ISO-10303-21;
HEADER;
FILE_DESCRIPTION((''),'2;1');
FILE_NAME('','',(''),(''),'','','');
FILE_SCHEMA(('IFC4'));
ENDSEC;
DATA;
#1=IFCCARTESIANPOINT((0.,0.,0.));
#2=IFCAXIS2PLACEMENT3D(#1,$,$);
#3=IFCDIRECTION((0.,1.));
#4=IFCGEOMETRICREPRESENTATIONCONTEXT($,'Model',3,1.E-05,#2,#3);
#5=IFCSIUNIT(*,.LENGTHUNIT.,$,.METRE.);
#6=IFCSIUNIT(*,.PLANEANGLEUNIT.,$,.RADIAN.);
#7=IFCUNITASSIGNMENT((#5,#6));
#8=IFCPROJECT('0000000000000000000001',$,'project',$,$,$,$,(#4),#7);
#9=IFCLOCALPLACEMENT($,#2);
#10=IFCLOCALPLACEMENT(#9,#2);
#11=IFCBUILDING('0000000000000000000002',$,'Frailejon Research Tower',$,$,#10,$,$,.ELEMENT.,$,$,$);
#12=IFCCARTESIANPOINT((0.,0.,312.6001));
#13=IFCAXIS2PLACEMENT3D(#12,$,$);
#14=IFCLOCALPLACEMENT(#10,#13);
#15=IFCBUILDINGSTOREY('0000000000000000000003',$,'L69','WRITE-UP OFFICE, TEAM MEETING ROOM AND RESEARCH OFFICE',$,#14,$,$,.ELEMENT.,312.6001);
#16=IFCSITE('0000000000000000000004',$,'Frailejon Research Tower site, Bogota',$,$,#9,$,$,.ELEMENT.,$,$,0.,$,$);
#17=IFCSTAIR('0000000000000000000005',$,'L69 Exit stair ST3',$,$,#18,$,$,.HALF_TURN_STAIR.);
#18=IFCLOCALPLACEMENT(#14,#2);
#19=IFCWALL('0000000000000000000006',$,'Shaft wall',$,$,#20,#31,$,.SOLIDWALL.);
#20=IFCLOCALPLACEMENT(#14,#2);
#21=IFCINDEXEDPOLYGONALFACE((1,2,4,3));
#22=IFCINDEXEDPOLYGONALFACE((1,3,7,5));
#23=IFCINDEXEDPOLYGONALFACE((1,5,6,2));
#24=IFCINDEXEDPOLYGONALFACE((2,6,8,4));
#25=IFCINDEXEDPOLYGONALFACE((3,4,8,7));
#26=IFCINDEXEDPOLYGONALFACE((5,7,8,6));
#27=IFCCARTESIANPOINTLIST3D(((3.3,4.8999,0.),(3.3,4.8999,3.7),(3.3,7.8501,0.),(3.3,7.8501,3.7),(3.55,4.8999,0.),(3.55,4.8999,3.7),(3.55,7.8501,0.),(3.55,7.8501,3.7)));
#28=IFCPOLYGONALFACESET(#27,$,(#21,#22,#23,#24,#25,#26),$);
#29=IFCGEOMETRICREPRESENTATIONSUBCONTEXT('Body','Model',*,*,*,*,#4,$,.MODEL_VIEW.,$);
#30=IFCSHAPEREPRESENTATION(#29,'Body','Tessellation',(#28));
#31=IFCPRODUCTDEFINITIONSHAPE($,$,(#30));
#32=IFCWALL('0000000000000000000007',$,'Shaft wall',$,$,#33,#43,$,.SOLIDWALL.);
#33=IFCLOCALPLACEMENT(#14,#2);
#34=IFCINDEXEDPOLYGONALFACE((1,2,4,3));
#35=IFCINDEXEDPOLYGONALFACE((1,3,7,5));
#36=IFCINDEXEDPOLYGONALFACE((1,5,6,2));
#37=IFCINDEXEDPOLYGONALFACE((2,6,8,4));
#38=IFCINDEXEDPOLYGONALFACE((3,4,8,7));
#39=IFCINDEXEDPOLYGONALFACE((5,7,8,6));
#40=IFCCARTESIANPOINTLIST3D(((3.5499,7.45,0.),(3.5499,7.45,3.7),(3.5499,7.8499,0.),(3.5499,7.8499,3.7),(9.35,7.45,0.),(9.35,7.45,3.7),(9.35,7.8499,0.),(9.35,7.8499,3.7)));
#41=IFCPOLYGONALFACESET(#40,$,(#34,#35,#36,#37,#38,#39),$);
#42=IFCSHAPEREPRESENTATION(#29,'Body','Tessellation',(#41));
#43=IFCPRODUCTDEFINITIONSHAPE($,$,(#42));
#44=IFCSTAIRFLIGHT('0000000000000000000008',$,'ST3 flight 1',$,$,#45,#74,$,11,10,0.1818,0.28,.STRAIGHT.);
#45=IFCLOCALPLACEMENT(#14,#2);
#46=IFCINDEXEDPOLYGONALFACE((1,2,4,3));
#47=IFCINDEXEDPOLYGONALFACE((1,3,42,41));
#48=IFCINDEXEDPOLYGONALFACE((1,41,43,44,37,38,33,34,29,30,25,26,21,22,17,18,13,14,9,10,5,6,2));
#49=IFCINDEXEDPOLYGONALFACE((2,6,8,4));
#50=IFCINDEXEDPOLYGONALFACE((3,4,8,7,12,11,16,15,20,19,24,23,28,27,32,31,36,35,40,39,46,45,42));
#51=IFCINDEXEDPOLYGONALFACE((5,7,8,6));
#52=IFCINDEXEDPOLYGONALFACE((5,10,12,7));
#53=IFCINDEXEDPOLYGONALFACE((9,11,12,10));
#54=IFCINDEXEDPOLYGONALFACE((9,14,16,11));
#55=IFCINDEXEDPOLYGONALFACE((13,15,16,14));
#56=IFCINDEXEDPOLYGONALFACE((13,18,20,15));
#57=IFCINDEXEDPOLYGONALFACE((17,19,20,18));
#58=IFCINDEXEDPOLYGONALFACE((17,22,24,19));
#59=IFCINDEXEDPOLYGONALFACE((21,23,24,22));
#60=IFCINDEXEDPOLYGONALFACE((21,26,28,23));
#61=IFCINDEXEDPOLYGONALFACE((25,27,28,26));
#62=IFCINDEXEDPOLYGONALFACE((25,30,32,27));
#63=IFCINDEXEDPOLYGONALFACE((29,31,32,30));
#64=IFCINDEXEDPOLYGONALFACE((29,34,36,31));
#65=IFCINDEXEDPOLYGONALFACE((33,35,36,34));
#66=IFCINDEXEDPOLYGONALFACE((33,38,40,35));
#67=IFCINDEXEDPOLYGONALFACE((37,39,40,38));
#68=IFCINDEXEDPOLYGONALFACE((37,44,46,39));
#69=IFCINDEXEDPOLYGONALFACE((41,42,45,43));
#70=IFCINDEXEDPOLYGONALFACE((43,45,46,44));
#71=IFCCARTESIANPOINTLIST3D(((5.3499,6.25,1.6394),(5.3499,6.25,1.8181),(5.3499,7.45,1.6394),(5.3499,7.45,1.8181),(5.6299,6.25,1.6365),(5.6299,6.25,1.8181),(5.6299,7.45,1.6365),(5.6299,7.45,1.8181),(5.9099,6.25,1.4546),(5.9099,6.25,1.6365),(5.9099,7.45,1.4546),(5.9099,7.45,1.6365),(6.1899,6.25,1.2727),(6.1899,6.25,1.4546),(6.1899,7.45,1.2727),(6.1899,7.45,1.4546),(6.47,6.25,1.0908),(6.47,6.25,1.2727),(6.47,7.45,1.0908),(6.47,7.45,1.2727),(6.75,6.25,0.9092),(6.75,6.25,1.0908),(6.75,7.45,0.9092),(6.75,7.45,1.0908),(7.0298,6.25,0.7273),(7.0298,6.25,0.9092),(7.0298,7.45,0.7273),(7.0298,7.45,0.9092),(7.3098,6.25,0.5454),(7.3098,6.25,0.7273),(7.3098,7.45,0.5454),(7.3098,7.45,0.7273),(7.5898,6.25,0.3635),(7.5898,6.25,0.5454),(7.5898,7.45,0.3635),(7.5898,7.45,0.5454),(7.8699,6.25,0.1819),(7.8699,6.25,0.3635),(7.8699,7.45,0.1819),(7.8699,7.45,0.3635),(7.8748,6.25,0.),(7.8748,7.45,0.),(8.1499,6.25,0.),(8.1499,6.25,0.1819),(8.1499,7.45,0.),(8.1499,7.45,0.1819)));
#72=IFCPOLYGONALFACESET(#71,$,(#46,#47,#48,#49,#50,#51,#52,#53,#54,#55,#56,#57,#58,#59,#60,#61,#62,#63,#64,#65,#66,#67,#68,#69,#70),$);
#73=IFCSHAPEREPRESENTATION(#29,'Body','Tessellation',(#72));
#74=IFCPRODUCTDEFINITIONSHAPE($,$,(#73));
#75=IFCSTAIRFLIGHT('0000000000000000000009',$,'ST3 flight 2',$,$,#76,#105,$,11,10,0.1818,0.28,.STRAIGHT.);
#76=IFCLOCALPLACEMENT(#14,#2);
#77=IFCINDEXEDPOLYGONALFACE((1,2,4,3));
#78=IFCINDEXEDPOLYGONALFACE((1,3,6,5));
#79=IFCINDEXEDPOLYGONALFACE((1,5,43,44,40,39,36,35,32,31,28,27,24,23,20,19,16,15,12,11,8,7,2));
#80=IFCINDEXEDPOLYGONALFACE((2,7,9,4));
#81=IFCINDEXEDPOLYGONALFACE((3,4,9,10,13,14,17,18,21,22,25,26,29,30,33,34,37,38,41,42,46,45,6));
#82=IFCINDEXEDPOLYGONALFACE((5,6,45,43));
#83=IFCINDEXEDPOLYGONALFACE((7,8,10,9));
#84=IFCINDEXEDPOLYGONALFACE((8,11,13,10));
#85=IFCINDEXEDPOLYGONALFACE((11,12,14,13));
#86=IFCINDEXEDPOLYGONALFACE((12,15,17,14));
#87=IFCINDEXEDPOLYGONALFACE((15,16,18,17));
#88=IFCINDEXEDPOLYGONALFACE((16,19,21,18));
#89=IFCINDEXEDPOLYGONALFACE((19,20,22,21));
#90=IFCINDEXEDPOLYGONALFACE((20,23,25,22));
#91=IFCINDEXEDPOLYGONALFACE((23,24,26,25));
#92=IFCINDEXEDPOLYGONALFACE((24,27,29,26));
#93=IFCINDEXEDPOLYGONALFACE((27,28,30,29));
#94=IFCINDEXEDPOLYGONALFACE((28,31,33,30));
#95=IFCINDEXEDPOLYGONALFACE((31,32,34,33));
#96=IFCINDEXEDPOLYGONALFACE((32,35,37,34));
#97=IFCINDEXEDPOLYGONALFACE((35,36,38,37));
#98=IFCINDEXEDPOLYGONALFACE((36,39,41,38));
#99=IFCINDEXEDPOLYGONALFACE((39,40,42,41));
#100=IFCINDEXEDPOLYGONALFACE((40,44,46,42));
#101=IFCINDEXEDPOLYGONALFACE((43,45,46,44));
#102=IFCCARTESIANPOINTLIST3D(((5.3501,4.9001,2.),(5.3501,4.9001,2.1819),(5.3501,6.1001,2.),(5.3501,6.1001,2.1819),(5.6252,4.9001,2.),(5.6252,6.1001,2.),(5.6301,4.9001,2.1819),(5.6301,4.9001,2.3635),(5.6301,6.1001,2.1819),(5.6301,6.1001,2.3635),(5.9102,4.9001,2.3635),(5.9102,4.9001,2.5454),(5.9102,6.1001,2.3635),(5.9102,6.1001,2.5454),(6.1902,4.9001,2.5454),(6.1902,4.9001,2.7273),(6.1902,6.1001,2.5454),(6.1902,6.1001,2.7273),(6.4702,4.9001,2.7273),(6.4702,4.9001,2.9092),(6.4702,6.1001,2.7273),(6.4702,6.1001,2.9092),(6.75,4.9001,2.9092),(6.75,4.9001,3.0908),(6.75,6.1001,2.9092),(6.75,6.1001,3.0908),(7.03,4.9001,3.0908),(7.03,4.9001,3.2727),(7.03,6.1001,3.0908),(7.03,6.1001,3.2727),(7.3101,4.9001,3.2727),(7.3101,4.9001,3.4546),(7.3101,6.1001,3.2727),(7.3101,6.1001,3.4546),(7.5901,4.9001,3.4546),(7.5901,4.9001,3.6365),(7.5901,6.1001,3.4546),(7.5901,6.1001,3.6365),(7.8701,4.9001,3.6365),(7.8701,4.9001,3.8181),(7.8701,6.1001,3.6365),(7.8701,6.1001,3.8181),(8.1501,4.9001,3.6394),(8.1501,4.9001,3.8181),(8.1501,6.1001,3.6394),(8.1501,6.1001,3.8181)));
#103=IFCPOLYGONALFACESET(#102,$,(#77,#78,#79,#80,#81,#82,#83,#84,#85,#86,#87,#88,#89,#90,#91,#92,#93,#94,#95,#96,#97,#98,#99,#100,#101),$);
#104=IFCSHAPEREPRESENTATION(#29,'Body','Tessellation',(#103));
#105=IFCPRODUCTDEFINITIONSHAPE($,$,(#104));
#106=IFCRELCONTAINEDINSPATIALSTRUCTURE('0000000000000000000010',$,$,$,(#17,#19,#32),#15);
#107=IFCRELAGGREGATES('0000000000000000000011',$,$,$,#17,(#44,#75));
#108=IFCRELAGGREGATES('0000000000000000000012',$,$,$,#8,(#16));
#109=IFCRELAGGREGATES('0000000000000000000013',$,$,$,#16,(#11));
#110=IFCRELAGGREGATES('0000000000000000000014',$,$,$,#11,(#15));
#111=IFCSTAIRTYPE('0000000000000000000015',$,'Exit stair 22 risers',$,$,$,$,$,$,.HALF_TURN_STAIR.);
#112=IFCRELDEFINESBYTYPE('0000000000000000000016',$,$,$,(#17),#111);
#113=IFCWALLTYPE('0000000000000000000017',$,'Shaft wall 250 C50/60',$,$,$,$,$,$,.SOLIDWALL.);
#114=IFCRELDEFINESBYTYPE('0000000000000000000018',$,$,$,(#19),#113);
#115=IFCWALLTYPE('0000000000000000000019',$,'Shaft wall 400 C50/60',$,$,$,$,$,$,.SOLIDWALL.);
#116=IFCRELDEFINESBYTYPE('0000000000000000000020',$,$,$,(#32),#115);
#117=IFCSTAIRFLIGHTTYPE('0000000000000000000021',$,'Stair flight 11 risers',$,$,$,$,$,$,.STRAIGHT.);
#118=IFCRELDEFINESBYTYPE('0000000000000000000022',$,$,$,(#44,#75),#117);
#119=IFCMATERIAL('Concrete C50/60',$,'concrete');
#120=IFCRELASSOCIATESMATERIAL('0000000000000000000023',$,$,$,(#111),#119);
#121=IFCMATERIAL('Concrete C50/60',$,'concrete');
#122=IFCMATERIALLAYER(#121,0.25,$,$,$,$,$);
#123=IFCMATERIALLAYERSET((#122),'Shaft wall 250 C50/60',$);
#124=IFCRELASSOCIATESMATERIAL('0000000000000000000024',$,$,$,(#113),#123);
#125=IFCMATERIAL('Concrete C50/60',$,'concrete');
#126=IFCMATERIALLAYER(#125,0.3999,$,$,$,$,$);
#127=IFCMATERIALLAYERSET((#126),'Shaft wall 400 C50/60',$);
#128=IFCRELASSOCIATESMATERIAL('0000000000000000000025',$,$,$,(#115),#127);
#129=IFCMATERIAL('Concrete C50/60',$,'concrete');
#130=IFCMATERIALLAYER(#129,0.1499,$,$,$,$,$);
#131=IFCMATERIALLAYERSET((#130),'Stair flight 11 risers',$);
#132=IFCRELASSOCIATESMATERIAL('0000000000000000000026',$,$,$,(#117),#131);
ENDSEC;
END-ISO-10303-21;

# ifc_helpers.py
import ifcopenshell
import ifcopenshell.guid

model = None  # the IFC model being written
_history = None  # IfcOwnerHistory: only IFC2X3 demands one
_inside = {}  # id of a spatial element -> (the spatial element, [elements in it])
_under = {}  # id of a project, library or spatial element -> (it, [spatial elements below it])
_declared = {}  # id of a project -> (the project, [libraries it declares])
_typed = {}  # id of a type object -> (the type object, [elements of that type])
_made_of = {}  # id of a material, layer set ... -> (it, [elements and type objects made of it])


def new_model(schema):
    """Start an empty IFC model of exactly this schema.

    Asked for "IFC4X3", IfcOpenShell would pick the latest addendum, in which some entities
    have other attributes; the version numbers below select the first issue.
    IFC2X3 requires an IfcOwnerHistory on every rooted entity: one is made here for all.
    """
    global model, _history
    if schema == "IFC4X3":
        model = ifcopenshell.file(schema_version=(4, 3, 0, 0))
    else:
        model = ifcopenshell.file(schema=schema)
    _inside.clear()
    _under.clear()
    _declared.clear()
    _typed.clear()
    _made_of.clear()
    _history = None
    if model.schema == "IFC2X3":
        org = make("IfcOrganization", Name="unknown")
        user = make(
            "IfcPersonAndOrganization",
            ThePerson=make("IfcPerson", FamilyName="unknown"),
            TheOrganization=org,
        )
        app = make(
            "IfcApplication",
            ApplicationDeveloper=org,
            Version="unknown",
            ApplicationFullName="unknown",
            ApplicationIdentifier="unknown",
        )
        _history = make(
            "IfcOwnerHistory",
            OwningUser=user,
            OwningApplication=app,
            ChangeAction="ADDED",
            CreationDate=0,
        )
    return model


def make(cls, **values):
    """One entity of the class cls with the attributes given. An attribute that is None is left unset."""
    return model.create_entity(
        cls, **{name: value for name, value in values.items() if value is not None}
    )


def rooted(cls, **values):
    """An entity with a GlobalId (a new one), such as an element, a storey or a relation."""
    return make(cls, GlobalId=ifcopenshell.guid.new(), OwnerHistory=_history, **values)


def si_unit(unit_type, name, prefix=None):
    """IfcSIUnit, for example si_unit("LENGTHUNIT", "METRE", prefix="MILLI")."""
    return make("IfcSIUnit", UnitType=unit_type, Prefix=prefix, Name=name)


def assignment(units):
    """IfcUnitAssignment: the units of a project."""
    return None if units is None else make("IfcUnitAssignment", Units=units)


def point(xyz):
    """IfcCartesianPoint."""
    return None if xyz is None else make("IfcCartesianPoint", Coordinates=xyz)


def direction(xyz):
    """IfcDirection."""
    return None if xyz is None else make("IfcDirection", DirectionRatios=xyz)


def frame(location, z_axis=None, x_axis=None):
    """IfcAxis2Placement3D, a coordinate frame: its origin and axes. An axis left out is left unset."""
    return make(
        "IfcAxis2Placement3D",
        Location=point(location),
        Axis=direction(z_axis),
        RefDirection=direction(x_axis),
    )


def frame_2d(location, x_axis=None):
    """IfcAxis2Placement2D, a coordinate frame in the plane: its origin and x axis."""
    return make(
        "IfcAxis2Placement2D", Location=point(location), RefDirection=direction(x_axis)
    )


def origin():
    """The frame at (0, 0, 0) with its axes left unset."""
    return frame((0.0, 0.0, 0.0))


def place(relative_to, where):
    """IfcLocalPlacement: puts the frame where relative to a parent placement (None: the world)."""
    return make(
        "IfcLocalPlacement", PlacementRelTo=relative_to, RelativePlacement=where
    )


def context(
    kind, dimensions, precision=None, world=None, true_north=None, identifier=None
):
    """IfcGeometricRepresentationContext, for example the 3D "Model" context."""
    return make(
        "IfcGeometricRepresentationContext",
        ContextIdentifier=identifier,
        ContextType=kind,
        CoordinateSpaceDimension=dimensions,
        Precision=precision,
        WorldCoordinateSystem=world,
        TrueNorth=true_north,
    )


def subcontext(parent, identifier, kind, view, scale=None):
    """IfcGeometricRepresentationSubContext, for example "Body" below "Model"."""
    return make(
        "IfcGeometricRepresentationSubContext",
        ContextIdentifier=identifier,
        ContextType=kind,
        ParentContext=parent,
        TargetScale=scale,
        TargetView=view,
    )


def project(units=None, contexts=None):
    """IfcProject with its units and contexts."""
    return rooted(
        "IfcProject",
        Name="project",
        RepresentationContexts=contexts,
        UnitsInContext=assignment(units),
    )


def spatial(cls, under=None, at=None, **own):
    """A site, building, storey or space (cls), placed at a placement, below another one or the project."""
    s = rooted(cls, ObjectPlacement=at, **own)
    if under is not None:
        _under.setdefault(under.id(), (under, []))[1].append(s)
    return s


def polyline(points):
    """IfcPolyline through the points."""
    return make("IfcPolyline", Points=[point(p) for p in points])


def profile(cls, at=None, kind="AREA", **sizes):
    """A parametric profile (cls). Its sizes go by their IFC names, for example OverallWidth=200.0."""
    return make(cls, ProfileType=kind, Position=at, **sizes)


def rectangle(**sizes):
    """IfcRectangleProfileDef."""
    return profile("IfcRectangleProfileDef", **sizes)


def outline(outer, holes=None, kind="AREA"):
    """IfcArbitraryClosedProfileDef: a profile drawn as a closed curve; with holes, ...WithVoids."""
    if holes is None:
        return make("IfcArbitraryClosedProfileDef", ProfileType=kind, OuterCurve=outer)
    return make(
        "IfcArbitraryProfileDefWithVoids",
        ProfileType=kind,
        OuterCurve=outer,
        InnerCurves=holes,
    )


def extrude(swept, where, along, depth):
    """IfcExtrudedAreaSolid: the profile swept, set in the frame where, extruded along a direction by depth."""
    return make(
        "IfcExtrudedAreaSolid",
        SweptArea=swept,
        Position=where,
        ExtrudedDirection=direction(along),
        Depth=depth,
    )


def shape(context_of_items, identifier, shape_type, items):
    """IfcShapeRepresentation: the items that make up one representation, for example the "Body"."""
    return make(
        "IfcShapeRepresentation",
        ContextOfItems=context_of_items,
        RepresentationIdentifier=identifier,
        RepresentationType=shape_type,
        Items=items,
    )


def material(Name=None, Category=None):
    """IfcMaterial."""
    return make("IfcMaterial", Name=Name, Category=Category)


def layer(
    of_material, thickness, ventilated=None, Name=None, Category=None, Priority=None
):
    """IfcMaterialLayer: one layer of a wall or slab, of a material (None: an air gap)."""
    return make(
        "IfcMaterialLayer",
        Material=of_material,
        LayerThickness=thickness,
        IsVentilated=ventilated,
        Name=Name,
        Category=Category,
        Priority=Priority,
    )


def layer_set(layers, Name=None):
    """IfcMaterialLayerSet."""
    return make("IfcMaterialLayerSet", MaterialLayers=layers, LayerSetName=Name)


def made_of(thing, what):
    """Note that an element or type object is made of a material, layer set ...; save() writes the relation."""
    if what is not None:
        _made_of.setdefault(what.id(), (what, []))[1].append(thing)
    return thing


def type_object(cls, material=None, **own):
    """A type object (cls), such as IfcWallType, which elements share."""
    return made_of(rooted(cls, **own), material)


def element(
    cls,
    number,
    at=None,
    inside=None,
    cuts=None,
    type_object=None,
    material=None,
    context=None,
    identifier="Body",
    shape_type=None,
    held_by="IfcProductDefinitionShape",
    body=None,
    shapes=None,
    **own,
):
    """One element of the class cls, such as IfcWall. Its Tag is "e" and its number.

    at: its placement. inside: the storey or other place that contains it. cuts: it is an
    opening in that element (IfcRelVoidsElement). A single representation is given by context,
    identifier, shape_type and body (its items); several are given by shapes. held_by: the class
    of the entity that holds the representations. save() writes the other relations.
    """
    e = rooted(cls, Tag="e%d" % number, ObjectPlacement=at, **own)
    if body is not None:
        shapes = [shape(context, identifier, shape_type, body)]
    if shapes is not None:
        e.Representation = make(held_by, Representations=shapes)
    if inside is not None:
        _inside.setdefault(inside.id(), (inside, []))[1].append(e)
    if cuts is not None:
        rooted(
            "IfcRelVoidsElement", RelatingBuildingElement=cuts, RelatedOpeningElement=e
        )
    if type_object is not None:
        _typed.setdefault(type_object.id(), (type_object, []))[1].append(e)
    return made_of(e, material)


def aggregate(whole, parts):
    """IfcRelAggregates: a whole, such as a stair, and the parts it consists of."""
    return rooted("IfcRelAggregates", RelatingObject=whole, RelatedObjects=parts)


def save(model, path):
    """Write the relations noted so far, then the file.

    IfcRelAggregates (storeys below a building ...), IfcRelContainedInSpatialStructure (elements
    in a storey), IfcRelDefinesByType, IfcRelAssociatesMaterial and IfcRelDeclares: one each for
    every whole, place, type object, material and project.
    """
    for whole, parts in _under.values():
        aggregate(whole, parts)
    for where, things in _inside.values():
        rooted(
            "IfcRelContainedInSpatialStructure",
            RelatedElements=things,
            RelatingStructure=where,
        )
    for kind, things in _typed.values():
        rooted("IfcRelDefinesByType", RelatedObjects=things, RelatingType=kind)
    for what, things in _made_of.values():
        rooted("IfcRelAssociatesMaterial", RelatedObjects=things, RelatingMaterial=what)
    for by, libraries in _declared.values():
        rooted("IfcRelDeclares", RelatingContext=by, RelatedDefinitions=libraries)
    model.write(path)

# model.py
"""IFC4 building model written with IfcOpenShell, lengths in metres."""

from ifc_helpers import new_model, si_unit, direction, frame, frame_2d, origin, place, context, subcontext, project, spatial, polyline, rectangle, outline, extrude, material, layer, layer_set, type_object, element, aggregate, save


model = new_model("IFC4")

# Units and contexts
model_context = context("Model", 3, precision=1e-05, world=origin(), true_north=direction((0.0, 1.0)))
body_context = subcontext(model_context, "Body", "Model", "MODEL_VIEW")
ifc_project = project(units=[si_unit("LENGTHUNIT", "METRE"), si_unit("PLANEANGLEUNIT", "RADIAN")], contexts=[model_context])

# Site, building, storey
site_placement = place(None, origin())
site = spatial("IfcSite", under=ifc_project, at=site_placement, Name="Frailejon Research Tower site, Bogota", CompositionType="ELEMENT", RefElevation=0.0)
building_placement = place(site_placement, origin())
building = spatial("IfcBuilding", under=site, at=building_placement, Name="Frailejon Research Tower", CompositionType="ELEMENT")
storey_placement = place(building_placement, frame((0.0, 0.0, 312.6001)))
storey = spatial("IfcBuildingStorey", under=building, at=storey_placement, Name="L69", Description="WRITE-UP OFFICE, TEAM MEETING ROOM AND RESEARCH OFFICE", CompositionType="ELEMENT", Elevation=312.6001)

# Stair
ifc_material_1 = material(Name="Concrete C50/60", Category="concrete")
stair_type = type_object("IfcStairType", Name="Exit stair 22 risers", PredefinedType="HALF_TURN_STAIR", material=ifc_material_1)
stair_placement = place(storey_placement, origin())
stair = element("IfcStair", 1, at=stair_placement, inside=storey, type_object=stair_type, Name="L69 Exit stair ST3", PredefinedType="HALF_TURN_STAIR")

# Shared definitions
ifc_material_2 = material(Name="Concrete C50/60", Category="concrete")
ifc_layer_1 = layer(ifc_material_2, 0.25)
ifc_layer_set_1 = layer_set([ifc_layer_1], Name="Shaft wall 250 C50/60")
wall_type_1 = type_object("IfcWallType", Name="Shaft wall 250 C50/60", PredefinedType="SOLIDWALL", material=ifc_layer_set_1)

# Walls
wall_1_placement = place(storey_placement, frame((3.425, 4.8999, 0.0), z_axis=(0.0, 0.0, 1.0), x_axis=(0.0, 1.0, 0.0)))
element("IfcWall", 2, at=wall_1_placement, inside=storey, type_object=wall_type_1, Name="Shaft wall", PredefinedType="SOLIDWALL", context=body_context, shape_type="SweptSolid", body=[
    extrude(rectangle(XDim=2.9502, YDim=0.25, at=frame_2d((1.4751, 0.0))), origin(), (0.0, 0.0, 1.0), 3.7),
])
ifc_material_3 = material(Name="Concrete C50/60", Category="concrete")
ifc_layer_2 = layer(ifc_material_3, 0.3999)
ifc_layer_set_2 = layer_set([ifc_layer_2], Name="Shaft wall 400 C50/60")
wall_type_2 = type_object("IfcWallType", Name="Shaft wall 400 C50/60", PredefinedType="SOLIDWALL", material=ifc_layer_set_2)
wall_2_placement = place(storey_placement, frame((3.55, 7.6499, 0.0), z_axis=(0.0, 0.0, 1.0), x_axis=(1.0, 0.0, 0.0)))
element("IfcWall", 3, at=wall_2_placement, inside=storey, type_object=wall_type_2, Name="Shaft wall", PredefinedType="SOLIDWALL", context=body_context, shape_type="SweptSolid", body=[
    extrude(rectangle(XDim=5.8, YDim=0.3999, at=frame_2d((2.8999, 0.0))), origin(), (0.0, 0.0, 1.0), 3.7),
])

# Stair flights
ifc_material_4 = material(Name="Concrete C50/60", Category="concrete")
ifc_layer_3 = layer(ifc_material_4, 0.1499)
ifc_layer_set_3 = layer_set([ifc_layer_3], Name="Stair flight 11 risers")
stair_flight_type = type_object("IfcStairFlightType", Name="Stair flight 11 risers", PredefinedType="STRAIGHT", material=ifc_layer_set_3)
stair_flight_1_placement = place(storey_placement, frame((8.1499, 6.8501, 0.0), z_axis=(0.0, 0.0, 1.0), x_axis=(-1.0, 0.0, 0.0)))
stair_flight_1 = element("IfcStairFlight", 4, at=stair_flight_1_placement, type_object=stair_flight_type, Name="ST3 flight 1", NumberOfRisers=11, NumberOfTreads=10, PredefinedType="STRAIGHT", RiserHeight=0.1818, TreadLength=0.28, context=body_context, shape_type="SweptSolid", body=[
    extrude(outline(polyline([(0.0, 0.0), (0.0, 0.1819), (0.28, 0.1819), (0.28, 0.3635), (0.5601, 0.3635), (0.5601, 0.5454), (0.8401, 0.5454), (0.8401, 0.7273), (1.1201, 0.7273), (1.1201, 0.9092), (1.3999, 0.9092), (1.3999, 1.0908), (1.6799, 1.0908), (1.6799, 1.2727), (1.96, 1.2727), (1.96, 1.4546), (2.24, 1.4546), (2.24, 1.6365), (2.52, 1.6365), (2.52, 1.8181), (2.8, 1.8181), (2.8, 2.0), (2.8, 1.6394), (0.2751, 0.0), (0.0, 0.0)])), frame((0.0, 0.6001, 0.0), z_axis=(0.0, -1.0, 0.0), x_axis=(1.0, 0.0, 0.0)), (0.0, 0.0, 1.0), 1.2),
])
stair_flight_2_placement = place(storey_placement, frame((5.3501, 5.5, 2.0), z_axis=(0.0, 0.0, 1.0), x_axis=(1.0, 0.0, 0.0)))
stair_flight_2 = element("IfcStairFlight", 5, at=stair_flight_2_placement, type_object=stair_flight_type, Name="ST3 flight 2", NumberOfRisers=11, NumberOfTreads=10, PredefinedType="STRAIGHT", RiserHeight=0.1818, TreadLength=0.28, context=body_context, shape_type="SweptSolid", body=[
    extrude(outline(polyline([(0.0, 0.0), (0.0, 0.1819), (0.28, 0.1819), (0.28, 0.3635), (0.5601, 0.3635), (0.5601, 0.5454), (0.8401, 0.5454), (0.8401, 0.7273), (1.1201, 0.7273), (1.1201, 0.9092), (1.3999, 0.9092), (1.3999, 1.0908), (1.6799, 1.0908), (1.6799, 1.2727), (1.96, 1.2727), (1.96, 1.4546), (2.24, 1.4546), (2.24, 1.6365), (2.52, 1.6365), (2.52, 1.8181), (2.8, 1.8181), (2.8, 2.0), (2.8, 1.6394), (0.2751, 0.0), (0.0, 0.0)])), frame((0.0, 0.6001, 0.0), z_axis=(0.0, -1.0, 0.0), x_axis=(1.0, 0.0, 0.0)), (0.0, 0.0, 1.0), 1.2),
])
aggregate(stair, [stair_flight_1, stair_flight_2])

save(model, "model.ifc")
